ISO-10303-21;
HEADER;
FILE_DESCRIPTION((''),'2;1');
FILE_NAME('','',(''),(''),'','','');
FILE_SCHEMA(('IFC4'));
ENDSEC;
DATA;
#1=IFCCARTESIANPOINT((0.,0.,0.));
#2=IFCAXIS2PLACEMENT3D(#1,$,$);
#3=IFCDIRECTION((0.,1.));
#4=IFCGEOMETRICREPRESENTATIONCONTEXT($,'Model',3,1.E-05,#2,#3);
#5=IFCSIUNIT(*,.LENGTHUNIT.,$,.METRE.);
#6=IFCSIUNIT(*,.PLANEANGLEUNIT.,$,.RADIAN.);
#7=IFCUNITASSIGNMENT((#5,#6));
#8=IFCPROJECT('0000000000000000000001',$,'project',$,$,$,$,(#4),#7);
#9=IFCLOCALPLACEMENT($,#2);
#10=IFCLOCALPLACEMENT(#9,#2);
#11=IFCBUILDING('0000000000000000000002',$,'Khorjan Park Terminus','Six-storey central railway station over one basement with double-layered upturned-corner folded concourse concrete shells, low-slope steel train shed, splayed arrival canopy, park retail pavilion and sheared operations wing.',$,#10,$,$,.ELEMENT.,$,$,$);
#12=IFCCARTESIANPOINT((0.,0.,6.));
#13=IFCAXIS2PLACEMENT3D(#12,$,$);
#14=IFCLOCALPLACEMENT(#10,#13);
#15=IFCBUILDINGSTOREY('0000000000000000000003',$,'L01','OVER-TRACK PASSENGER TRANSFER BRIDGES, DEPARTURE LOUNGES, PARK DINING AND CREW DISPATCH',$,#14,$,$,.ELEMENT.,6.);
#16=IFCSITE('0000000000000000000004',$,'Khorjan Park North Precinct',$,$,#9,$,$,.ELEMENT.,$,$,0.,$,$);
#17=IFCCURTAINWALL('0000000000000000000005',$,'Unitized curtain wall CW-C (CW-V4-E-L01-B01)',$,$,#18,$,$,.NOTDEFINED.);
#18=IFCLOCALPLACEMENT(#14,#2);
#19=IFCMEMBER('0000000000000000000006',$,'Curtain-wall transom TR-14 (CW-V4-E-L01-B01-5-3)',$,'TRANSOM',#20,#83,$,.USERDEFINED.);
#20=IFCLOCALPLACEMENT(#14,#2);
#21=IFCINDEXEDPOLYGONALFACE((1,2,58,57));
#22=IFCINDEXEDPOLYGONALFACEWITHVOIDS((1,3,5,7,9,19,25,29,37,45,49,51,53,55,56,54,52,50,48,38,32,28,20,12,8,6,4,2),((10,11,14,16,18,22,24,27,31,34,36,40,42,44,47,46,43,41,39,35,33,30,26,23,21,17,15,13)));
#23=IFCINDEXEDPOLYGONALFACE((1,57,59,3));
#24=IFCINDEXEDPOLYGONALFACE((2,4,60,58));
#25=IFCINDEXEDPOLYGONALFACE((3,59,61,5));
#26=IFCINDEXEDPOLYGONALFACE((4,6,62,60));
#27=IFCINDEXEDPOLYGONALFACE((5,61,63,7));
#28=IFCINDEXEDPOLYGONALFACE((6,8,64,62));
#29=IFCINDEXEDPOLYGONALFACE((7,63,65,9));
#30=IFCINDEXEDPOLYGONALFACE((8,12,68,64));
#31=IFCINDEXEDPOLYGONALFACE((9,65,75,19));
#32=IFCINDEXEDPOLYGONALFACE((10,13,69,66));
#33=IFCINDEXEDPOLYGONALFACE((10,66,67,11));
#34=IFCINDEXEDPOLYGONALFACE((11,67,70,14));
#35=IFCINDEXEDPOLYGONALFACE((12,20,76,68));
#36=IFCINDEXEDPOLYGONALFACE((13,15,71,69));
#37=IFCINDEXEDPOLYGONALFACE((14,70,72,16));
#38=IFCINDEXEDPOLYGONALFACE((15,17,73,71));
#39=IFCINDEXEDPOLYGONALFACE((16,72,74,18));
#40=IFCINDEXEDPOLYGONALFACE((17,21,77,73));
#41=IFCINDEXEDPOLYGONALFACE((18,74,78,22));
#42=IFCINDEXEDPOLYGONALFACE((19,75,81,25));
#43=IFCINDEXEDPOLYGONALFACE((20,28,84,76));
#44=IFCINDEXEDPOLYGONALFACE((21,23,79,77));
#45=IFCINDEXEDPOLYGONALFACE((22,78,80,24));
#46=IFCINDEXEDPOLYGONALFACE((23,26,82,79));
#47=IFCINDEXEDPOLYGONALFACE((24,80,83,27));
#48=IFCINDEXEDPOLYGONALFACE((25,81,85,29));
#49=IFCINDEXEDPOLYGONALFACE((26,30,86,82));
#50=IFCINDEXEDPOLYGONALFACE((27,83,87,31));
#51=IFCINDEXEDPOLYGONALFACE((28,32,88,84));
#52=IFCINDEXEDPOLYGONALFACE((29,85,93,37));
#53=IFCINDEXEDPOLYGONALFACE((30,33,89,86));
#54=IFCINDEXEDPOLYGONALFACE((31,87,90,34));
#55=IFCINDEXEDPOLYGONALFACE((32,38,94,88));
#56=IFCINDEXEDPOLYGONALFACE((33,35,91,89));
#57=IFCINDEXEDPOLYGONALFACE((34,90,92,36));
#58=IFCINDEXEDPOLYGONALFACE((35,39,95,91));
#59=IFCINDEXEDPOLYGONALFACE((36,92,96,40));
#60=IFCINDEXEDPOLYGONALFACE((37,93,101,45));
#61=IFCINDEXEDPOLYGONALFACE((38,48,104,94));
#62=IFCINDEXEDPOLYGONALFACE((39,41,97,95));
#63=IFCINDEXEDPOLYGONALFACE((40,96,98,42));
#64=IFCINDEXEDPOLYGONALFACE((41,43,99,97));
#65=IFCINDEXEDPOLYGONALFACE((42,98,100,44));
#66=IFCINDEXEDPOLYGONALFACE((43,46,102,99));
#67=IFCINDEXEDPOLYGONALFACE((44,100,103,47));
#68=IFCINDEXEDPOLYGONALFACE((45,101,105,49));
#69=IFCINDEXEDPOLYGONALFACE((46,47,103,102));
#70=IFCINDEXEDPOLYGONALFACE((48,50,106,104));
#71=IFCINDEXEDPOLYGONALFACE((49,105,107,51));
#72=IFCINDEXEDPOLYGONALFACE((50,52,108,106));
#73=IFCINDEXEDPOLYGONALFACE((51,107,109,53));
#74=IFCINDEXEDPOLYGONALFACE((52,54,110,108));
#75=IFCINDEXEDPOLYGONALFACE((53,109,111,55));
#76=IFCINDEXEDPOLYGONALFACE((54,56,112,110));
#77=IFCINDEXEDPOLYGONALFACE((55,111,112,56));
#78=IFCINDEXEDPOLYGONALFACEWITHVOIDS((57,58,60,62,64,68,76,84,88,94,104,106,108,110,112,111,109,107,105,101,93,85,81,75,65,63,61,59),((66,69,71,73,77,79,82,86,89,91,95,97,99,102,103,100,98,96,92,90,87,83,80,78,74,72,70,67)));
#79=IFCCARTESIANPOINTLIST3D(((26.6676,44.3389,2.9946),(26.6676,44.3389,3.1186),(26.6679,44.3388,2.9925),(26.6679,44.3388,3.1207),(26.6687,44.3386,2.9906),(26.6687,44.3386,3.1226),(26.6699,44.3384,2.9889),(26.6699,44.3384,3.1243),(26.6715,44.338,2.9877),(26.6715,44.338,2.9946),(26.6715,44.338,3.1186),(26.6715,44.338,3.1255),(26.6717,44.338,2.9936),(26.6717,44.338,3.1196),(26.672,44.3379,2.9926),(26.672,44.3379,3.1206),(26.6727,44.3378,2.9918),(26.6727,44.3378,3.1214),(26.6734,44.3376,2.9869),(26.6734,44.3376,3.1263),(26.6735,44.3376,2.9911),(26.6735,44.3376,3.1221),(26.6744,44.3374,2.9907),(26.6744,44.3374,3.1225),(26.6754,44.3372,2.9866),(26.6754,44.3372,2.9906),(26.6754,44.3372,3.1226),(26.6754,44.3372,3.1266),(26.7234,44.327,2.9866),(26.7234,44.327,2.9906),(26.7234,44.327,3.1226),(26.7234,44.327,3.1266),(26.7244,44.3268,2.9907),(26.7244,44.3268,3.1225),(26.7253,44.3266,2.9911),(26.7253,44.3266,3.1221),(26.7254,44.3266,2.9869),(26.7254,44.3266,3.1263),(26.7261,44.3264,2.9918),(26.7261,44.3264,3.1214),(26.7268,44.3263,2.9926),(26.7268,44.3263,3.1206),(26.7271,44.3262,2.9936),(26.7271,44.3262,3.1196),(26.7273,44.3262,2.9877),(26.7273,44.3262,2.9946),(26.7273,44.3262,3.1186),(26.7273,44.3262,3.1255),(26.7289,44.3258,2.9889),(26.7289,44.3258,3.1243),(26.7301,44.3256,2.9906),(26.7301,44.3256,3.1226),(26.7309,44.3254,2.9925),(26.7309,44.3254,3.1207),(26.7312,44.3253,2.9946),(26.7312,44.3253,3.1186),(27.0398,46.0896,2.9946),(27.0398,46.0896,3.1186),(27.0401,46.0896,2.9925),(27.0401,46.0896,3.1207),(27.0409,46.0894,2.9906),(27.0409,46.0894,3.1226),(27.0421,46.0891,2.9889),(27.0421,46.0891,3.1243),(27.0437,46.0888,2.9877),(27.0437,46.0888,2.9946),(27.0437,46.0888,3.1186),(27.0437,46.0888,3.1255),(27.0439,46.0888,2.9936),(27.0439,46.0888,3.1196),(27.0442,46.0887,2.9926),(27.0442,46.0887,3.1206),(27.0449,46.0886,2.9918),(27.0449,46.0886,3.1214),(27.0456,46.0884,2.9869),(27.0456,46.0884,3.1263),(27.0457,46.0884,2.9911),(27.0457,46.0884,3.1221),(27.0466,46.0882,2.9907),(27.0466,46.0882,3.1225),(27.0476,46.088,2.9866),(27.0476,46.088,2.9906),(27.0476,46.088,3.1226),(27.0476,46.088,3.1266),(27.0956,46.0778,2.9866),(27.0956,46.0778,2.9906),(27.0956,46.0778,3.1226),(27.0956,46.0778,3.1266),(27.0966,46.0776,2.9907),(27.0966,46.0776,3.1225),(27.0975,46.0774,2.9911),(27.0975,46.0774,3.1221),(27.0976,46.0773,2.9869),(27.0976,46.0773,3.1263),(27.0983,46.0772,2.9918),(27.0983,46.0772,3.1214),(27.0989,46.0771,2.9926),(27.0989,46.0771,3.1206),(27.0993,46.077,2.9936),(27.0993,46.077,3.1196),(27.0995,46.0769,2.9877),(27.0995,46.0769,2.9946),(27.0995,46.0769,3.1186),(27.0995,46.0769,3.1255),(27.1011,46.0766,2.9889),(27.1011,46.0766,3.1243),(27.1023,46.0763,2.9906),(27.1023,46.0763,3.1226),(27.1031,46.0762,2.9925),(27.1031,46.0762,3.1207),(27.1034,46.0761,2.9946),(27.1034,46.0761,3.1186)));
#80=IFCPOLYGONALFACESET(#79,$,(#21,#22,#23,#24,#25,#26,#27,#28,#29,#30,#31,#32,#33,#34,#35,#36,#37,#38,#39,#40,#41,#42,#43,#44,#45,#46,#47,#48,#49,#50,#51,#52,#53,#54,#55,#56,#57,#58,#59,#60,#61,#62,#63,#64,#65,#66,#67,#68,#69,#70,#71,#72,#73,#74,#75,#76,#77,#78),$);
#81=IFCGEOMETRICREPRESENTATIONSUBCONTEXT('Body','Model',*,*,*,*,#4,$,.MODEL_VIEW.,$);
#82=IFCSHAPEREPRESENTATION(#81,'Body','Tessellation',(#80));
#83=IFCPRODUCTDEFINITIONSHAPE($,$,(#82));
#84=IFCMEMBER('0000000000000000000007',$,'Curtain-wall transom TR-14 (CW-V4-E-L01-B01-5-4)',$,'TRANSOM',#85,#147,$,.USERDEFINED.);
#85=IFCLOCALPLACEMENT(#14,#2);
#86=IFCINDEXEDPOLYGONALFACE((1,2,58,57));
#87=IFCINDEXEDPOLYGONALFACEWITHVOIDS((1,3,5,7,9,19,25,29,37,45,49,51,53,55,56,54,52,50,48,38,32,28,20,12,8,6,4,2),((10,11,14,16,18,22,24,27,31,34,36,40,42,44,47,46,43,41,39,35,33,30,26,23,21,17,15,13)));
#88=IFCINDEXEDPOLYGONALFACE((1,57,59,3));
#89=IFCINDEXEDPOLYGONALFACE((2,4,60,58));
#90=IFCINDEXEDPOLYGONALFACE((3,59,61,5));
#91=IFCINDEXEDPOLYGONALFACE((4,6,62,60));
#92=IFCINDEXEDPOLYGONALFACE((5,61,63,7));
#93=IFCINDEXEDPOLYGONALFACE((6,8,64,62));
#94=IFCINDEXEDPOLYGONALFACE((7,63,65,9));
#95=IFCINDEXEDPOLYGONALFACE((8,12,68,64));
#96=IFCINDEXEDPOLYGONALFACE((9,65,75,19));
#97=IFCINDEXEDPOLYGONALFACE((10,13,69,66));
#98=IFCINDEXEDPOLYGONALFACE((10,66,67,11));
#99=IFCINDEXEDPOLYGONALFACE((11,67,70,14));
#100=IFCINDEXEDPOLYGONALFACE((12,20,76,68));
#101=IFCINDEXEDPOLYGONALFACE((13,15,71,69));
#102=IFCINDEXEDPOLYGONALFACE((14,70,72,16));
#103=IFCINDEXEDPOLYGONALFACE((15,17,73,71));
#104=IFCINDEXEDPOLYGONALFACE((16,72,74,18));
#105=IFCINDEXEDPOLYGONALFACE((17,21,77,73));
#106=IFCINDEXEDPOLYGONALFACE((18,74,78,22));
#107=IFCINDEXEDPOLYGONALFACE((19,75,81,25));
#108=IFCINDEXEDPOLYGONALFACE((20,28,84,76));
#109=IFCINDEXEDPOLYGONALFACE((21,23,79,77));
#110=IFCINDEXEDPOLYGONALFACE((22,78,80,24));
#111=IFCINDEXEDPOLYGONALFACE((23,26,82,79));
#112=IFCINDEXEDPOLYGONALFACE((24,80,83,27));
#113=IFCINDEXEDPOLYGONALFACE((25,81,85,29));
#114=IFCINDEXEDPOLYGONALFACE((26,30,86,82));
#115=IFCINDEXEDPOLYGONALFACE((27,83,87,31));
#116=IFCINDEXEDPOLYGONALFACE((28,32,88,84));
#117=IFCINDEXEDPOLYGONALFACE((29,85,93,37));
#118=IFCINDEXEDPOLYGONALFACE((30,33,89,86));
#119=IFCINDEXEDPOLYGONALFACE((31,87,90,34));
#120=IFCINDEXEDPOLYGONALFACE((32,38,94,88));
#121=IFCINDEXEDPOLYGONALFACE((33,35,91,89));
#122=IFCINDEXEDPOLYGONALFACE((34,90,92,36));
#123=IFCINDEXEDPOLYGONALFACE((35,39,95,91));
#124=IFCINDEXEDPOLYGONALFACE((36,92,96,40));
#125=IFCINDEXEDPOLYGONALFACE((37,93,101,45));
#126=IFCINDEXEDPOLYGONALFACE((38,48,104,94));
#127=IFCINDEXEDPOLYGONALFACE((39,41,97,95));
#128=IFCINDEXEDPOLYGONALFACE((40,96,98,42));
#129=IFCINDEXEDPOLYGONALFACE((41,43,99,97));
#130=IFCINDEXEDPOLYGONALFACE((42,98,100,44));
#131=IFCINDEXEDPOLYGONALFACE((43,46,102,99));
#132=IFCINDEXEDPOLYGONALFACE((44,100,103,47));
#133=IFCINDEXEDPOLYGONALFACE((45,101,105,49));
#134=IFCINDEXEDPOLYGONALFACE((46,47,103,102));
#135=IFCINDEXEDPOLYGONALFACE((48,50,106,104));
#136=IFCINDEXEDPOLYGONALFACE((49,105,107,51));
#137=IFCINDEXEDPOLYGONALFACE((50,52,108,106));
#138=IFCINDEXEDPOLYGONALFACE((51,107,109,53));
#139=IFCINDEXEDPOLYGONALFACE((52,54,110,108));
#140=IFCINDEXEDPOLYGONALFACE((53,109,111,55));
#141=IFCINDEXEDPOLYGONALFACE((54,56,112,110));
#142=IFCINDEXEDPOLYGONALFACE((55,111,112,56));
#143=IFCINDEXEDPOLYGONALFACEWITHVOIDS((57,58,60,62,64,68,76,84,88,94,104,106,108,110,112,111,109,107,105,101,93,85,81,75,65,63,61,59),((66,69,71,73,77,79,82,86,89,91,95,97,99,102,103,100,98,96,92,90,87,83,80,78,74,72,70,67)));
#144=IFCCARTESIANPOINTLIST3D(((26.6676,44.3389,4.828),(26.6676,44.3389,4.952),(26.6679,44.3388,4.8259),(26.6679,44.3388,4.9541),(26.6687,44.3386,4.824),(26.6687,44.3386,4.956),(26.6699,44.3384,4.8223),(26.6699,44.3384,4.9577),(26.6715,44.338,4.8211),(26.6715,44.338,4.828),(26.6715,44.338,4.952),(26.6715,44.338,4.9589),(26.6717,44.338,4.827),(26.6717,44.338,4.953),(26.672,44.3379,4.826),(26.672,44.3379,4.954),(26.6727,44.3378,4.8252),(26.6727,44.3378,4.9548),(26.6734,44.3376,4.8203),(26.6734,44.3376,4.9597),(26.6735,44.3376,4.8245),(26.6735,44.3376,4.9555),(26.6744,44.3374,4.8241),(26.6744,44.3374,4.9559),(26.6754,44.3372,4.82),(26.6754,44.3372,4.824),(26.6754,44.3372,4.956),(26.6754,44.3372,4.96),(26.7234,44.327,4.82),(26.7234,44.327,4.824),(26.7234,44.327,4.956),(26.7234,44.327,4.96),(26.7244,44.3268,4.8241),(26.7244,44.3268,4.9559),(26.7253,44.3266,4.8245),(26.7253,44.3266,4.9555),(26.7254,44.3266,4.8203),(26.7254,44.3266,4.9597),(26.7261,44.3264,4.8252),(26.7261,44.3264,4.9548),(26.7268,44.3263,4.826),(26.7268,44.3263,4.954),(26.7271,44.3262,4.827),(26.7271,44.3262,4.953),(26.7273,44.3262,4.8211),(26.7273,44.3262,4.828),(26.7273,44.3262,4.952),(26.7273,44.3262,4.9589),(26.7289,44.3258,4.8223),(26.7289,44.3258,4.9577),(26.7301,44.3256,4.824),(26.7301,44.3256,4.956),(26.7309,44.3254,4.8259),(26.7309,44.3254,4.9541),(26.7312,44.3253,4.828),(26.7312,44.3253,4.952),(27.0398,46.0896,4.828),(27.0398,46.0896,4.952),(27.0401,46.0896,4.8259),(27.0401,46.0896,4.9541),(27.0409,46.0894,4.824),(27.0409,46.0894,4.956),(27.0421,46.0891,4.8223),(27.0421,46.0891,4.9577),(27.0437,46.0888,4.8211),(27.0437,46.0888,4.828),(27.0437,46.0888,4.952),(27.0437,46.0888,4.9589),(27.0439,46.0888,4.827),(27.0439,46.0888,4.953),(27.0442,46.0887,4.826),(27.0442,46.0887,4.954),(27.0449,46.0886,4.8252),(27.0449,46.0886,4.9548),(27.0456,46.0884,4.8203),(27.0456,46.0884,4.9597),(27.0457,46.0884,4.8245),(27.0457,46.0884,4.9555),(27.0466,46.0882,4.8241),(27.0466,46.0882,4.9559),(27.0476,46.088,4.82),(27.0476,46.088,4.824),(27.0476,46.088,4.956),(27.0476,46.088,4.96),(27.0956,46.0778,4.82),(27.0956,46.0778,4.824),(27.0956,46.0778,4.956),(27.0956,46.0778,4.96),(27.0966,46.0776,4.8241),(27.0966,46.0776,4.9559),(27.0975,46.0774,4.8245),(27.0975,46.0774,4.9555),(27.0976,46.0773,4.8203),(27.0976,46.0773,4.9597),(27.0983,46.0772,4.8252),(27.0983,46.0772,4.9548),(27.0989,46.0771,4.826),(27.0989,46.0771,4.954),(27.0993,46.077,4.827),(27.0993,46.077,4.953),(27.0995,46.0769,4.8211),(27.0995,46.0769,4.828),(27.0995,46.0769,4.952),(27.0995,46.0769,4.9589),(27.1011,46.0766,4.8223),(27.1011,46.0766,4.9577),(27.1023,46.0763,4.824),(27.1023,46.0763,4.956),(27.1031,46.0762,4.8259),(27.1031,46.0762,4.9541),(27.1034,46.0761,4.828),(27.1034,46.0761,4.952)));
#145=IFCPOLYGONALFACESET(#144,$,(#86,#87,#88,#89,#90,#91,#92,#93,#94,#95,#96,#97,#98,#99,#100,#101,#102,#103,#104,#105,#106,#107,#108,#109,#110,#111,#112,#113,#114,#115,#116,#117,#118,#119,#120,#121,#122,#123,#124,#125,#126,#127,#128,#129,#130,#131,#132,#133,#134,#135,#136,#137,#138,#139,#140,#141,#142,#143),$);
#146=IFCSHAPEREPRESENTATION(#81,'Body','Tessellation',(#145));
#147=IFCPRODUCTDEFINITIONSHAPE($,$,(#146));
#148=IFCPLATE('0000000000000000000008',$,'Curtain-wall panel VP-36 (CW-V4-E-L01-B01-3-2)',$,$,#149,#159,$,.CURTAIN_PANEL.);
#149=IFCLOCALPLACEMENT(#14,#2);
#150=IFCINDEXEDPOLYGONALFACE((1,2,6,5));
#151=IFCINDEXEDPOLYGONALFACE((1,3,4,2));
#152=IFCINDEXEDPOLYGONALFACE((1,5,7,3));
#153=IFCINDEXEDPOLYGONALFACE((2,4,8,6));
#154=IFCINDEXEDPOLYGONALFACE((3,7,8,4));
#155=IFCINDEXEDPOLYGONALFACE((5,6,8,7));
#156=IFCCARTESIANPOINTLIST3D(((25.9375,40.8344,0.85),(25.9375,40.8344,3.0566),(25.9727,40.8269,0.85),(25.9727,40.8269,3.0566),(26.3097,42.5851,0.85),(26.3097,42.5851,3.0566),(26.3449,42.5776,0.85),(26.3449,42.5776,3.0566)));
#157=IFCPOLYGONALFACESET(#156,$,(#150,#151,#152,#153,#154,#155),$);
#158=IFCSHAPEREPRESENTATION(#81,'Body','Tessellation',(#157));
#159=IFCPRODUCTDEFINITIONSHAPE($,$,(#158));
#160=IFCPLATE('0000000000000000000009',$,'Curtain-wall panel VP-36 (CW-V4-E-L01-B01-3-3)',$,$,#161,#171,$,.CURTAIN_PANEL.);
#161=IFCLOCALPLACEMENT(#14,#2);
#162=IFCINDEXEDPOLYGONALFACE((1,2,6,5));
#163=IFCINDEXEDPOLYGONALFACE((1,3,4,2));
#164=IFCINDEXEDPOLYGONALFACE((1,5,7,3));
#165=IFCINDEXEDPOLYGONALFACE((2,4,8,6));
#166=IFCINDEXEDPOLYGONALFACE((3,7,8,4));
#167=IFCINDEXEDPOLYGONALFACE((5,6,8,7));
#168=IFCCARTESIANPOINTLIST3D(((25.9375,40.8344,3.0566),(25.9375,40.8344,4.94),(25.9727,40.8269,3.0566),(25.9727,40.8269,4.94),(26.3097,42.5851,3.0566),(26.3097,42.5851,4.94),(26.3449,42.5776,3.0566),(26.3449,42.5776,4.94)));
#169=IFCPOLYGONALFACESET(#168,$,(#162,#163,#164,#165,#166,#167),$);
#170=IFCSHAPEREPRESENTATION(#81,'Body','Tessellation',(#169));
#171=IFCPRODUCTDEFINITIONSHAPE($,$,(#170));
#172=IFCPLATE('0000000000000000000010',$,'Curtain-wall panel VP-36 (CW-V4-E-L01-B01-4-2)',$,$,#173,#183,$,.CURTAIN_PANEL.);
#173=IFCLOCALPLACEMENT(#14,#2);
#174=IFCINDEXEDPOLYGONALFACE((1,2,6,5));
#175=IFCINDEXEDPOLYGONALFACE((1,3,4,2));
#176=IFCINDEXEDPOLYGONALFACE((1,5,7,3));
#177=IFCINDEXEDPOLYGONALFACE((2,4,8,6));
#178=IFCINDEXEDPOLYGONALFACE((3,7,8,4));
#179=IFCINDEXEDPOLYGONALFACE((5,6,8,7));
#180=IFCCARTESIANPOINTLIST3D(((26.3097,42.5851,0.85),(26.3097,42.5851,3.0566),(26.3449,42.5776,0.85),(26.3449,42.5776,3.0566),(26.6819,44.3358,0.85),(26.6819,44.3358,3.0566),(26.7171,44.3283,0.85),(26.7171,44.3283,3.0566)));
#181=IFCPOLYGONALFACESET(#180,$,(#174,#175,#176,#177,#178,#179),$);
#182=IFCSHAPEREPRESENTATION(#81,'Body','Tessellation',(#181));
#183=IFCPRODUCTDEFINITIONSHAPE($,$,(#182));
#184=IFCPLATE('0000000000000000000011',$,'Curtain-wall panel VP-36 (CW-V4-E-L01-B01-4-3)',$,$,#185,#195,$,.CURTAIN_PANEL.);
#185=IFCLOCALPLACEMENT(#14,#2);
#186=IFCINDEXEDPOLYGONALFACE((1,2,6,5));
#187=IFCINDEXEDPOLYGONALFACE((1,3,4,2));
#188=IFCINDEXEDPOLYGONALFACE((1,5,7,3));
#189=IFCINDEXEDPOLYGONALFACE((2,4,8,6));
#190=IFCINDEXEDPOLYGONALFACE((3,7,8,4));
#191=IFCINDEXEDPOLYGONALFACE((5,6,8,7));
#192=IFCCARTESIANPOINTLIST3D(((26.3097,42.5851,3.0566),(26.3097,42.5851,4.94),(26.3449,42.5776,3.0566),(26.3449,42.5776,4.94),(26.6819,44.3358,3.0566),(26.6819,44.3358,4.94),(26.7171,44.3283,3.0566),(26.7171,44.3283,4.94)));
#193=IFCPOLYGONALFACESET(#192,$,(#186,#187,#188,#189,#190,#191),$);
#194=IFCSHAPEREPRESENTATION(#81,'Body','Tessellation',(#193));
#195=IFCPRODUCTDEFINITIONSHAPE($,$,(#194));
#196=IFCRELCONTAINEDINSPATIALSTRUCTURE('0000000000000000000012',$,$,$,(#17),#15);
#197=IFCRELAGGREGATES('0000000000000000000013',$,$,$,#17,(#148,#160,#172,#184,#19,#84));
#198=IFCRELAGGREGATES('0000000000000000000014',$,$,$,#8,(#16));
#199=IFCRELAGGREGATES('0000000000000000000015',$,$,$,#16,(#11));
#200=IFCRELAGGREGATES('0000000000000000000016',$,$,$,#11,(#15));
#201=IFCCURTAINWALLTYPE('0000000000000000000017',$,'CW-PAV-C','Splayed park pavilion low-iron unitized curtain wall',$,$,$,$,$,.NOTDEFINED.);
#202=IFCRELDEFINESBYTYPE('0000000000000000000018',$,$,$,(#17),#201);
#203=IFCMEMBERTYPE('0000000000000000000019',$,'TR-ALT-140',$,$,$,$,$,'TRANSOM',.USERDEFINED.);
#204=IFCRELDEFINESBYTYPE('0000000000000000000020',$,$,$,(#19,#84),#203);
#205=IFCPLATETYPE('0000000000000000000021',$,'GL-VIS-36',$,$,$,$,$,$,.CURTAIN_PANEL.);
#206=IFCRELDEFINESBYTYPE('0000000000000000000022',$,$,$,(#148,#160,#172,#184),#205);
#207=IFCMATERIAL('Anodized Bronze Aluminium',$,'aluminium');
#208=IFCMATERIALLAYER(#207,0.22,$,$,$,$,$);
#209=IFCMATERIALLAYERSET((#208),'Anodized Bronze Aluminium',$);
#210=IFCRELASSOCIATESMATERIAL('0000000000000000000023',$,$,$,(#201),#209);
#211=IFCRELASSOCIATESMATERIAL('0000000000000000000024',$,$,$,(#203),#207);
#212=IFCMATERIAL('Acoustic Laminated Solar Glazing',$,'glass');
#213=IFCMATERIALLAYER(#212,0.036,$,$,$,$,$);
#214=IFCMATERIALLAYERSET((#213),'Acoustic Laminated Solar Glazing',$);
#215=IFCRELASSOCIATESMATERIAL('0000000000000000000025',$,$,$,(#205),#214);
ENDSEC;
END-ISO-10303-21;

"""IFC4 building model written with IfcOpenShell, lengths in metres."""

from ifc_helpers import new_model, si_unit, direction, frame, origin, origin_2d, place, context, subcontext, project, spatial, rectangle, hollow_rectangle, extrude, material, layer, layer_set, material_profile, profile_set, type_object, element, aggregate, save


model = new_model("IFC4")

# Units and contexts
model_context = context("Model", 3, precision=1e-05, world=origin(), true_north=direction((0.0, 1.0)))
body_context = subcontext(model_context, "Body", "Model", "MODEL_VIEW")
ifc_project = project(units=[si_unit("LENGTHUNIT", "METRE"), si_unit("PLANEANGLEUNIT", "RADIAN")], contexts=[model_context])

# Site, building, storey
site_placement = place(None, origin())
site = spatial("IfcSite", under=ifc_project, at=site_placement, Name="Khorjan Park North Precinct", CompositionType="ELEMENT", RefElevation=0.0)
building_placement = place(site_placement, origin())
building = spatial("IfcBuilding", under=site, at=building_placement, Name="Khorjan Park Terminus", Description="Six-storey central railway station over one basement with double-layered upturned-corner folded concourse concrete shells, low-slope steel train shed, splayed arrival canopy, park retail pavilion and sheared operations wing.", CompositionType="ELEMENT")
storey_placement = place(building_placement, frame((0.0, 0.0, 6.0)))
storey = spatial("IfcBuildingStorey", under=building, at=storey_placement, Name="L01", Description="OVER-TRACK PASSENGER TRANSFER BRIDGES, DEPARTURE LOUNGES, PARK DINING AND CREW DISPATCH", CompositionType="ELEMENT", Elevation=6.0)

# Curtain wall, members, plates
ifc_material_1 = material(Name="Anodized Bronze Aluminium", Category="aluminium")
ifc_layer_1 = layer(ifc_material_1, 0.22)
ifc_layer_set_1 = layer_set([ifc_layer_1], Name="Anodized Bronze Aluminium")
curtain_wall_type = type_object("IfcCurtainWallType", Name="CW-PAV-C", Description="Splayed park pavilion low-iron unitized curtain wall", PredefinedType="NOTDEFINED", material=ifc_layer_set_1)
curtain_wall_placement = place(storey_placement, origin())
curtain_wall = element("IfcCurtainWall", 1, at=curtain_wall_placement, inside=storey, type_object=curtain_wall_type, Name="Unitized curtain wall CW-C (CW-V4-E-L01-B01)", PredefinedType="NOTDEFINED")
ifc_material_profile_1 = material_profile(ifc_material_1, hollow_rectangle(XDim=0.065, YDim=0.14, WallThickness=0.004, InnerFilletRadius=0.004, OuterFilletRadius=0.008, at=origin_2d()), Name="ALT 65x140x4")
ifc_profile_set_1 = profile_set([ifc_material_profile_1], Name="Anodized Bronze Aluminium")
member_type_1 = type_object("IfcMemberType", Name="TR-ALT-140", ElementType="TRANSOM", PredefinedType="USERDEFINED", material=ifc_profile_set_1)
member_1_placement = place(storey_placement, frame((26.6994, 44.3321, 3.0566), z_axis=(0.207942, 0.978141, 0.0), x_axis=(-0.978141, 0.207942, 0.0)))
member_1 = element("IfcMember", 2, at=member_1_placement, type_object=member_type_1, Name="Curtain-wall transom TR-14 (CW-V4-E-L01-B01-5-3)", ObjectType="TRANSOM", PredefinedType="USERDEFINED", context=body_context, shape_type="SweptSolid", body=[
    extrude(hollow_rectangle(XDim=0.065, YDim=0.14, WallThickness=0.004, InnerFilletRadius=0.004, OuterFilletRadius=0.008, at=origin_2d()), origin(), (0.0, 0.0, 1.0), 1.7899),
])
member_2_placement = place(storey_placement, frame((26.6994, 44.3321, 4.89), z_axis=(0.207942, 0.978141, 0.0), x_axis=(-0.978141, 0.207942, 0.0)))
member_2 = element("IfcMember", 3, at=member_2_placement, type_object=member_type_1, Name="Curtain-wall transom TR-14 (CW-V4-E-L01-B01-5-4)", ObjectType="TRANSOM", PredefinedType="USERDEFINED", context=body_context, shape_type="SweptSolid", body=[
    extrude(hollow_rectangle(XDim=0.065, YDim=0.14, WallThickness=0.004, InnerFilletRadius=0.004, OuterFilletRadius=0.008, at=origin_2d()), origin(), (0.0, 0.0, 1.0), 1.7899),
])
ifc_material_2 = material(Name="Acoustic Laminated Solar Glazing", Category="glass")
ifc_layer_2 = layer(ifc_material_2, 0.036)
ifc_layer_set_2 = layer_set([ifc_layer_2], Name="Acoustic Laminated Solar Glazing")
plate_type_1 = type_object("IfcPlateType", Name="GL-VIS-36", PredefinedType="CURTAIN_PANEL", material=ifc_layer_set_2)
plate_1_placement = place(storey_placement, frame((26.1412, 41.706, 0.85), z_axis=(0.0, 0.0, 1.0), x_axis=(0.207917, 0.978147, 0.0)))
plate_1 = element("IfcPlate", 4, at=plate_1_placement, type_object=plate_type_1, Name="Curtain-wall panel VP-36 (CW-V4-E-L01-B01-3-2)", PredefinedType="CURTAIN_PANEL", context=body_context, shape_type="SweptSolid", body=[
    extrude(rectangle(XDim=1.7899, YDim=0.036, at=origin_2d()), origin(), (0.0, 0.0, 1.0), 2.2066),
])
plate_2_placement = place(storey_placement, frame((26.1412, 41.706, 3.0566), z_axis=(0.0, 0.0, 1.0), x_axis=(0.207917, 0.978147, 0.0)))
plate_2 = element("IfcPlate", 5, at=plate_2_placement, type_object=plate_type_1, Name="Curtain-wall panel VP-36 (CW-V4-E-L01-B01-3-3)", PredefinedType="CURTAIN_PANEL", context=body_context, shape_type="SweptSolid", body=[
    extrude(rectangle(XDim=1.7899, YDim=0.036, at=origin_2d()), origin(), (0.0, 0.0, 1.0), 1.8834),
])
plate_3_placement = place(storey_placement, frame((26.5134, 43.4567, 0.85), z_axis=(0.0, 0.0, 1.0), x_axis=(0.207917, 0.978147, 0.0)))
plate_3 = element("IfcPlate", 6, at=plate_3_placement, type_object=plate_type_1, Name="Curtain-wall panel VP-36 (CW-V4-E-L01-B01-4-2)", PredefinedType="CURTAIN_PANEL", context=body_context, shape_type="SweptSolid", body=[
    extrude(rectangle(XDim=1.7899, YDim=0.036, at=origin_2d()), origin(), (0.0, 0.0, 1.0), 2.2066),
])
plate_4_placement = place(storey_placement, frame((26.5134, 43.4567, 3.0566), z_axis=(0.0, 0.0, 1.0), x_axis=(0.207917, 0.978147, 0.0)))
plate_4 = element("IfcPlate", 7, at=plate_4_placement, type_object=plate_type_1, Name="Curtain-wall panel VP-36 (CW-V4-E-L01-B01-4-3)", PredefinedType="CURTAIN_PANEL", context=body_context, shape_type="SweptSolid", body=[
    extrude(rectangle(XDim=1.7899, YDim=0.036, at=origin_2d()), origin(), (0.0, 0.0, 1.0), 1.8834),
])
aggregate(curtain_wall, [plate_1, plate_2, plate_3, plate_4, member_1, member_2])

save(model, "model.ifc")
